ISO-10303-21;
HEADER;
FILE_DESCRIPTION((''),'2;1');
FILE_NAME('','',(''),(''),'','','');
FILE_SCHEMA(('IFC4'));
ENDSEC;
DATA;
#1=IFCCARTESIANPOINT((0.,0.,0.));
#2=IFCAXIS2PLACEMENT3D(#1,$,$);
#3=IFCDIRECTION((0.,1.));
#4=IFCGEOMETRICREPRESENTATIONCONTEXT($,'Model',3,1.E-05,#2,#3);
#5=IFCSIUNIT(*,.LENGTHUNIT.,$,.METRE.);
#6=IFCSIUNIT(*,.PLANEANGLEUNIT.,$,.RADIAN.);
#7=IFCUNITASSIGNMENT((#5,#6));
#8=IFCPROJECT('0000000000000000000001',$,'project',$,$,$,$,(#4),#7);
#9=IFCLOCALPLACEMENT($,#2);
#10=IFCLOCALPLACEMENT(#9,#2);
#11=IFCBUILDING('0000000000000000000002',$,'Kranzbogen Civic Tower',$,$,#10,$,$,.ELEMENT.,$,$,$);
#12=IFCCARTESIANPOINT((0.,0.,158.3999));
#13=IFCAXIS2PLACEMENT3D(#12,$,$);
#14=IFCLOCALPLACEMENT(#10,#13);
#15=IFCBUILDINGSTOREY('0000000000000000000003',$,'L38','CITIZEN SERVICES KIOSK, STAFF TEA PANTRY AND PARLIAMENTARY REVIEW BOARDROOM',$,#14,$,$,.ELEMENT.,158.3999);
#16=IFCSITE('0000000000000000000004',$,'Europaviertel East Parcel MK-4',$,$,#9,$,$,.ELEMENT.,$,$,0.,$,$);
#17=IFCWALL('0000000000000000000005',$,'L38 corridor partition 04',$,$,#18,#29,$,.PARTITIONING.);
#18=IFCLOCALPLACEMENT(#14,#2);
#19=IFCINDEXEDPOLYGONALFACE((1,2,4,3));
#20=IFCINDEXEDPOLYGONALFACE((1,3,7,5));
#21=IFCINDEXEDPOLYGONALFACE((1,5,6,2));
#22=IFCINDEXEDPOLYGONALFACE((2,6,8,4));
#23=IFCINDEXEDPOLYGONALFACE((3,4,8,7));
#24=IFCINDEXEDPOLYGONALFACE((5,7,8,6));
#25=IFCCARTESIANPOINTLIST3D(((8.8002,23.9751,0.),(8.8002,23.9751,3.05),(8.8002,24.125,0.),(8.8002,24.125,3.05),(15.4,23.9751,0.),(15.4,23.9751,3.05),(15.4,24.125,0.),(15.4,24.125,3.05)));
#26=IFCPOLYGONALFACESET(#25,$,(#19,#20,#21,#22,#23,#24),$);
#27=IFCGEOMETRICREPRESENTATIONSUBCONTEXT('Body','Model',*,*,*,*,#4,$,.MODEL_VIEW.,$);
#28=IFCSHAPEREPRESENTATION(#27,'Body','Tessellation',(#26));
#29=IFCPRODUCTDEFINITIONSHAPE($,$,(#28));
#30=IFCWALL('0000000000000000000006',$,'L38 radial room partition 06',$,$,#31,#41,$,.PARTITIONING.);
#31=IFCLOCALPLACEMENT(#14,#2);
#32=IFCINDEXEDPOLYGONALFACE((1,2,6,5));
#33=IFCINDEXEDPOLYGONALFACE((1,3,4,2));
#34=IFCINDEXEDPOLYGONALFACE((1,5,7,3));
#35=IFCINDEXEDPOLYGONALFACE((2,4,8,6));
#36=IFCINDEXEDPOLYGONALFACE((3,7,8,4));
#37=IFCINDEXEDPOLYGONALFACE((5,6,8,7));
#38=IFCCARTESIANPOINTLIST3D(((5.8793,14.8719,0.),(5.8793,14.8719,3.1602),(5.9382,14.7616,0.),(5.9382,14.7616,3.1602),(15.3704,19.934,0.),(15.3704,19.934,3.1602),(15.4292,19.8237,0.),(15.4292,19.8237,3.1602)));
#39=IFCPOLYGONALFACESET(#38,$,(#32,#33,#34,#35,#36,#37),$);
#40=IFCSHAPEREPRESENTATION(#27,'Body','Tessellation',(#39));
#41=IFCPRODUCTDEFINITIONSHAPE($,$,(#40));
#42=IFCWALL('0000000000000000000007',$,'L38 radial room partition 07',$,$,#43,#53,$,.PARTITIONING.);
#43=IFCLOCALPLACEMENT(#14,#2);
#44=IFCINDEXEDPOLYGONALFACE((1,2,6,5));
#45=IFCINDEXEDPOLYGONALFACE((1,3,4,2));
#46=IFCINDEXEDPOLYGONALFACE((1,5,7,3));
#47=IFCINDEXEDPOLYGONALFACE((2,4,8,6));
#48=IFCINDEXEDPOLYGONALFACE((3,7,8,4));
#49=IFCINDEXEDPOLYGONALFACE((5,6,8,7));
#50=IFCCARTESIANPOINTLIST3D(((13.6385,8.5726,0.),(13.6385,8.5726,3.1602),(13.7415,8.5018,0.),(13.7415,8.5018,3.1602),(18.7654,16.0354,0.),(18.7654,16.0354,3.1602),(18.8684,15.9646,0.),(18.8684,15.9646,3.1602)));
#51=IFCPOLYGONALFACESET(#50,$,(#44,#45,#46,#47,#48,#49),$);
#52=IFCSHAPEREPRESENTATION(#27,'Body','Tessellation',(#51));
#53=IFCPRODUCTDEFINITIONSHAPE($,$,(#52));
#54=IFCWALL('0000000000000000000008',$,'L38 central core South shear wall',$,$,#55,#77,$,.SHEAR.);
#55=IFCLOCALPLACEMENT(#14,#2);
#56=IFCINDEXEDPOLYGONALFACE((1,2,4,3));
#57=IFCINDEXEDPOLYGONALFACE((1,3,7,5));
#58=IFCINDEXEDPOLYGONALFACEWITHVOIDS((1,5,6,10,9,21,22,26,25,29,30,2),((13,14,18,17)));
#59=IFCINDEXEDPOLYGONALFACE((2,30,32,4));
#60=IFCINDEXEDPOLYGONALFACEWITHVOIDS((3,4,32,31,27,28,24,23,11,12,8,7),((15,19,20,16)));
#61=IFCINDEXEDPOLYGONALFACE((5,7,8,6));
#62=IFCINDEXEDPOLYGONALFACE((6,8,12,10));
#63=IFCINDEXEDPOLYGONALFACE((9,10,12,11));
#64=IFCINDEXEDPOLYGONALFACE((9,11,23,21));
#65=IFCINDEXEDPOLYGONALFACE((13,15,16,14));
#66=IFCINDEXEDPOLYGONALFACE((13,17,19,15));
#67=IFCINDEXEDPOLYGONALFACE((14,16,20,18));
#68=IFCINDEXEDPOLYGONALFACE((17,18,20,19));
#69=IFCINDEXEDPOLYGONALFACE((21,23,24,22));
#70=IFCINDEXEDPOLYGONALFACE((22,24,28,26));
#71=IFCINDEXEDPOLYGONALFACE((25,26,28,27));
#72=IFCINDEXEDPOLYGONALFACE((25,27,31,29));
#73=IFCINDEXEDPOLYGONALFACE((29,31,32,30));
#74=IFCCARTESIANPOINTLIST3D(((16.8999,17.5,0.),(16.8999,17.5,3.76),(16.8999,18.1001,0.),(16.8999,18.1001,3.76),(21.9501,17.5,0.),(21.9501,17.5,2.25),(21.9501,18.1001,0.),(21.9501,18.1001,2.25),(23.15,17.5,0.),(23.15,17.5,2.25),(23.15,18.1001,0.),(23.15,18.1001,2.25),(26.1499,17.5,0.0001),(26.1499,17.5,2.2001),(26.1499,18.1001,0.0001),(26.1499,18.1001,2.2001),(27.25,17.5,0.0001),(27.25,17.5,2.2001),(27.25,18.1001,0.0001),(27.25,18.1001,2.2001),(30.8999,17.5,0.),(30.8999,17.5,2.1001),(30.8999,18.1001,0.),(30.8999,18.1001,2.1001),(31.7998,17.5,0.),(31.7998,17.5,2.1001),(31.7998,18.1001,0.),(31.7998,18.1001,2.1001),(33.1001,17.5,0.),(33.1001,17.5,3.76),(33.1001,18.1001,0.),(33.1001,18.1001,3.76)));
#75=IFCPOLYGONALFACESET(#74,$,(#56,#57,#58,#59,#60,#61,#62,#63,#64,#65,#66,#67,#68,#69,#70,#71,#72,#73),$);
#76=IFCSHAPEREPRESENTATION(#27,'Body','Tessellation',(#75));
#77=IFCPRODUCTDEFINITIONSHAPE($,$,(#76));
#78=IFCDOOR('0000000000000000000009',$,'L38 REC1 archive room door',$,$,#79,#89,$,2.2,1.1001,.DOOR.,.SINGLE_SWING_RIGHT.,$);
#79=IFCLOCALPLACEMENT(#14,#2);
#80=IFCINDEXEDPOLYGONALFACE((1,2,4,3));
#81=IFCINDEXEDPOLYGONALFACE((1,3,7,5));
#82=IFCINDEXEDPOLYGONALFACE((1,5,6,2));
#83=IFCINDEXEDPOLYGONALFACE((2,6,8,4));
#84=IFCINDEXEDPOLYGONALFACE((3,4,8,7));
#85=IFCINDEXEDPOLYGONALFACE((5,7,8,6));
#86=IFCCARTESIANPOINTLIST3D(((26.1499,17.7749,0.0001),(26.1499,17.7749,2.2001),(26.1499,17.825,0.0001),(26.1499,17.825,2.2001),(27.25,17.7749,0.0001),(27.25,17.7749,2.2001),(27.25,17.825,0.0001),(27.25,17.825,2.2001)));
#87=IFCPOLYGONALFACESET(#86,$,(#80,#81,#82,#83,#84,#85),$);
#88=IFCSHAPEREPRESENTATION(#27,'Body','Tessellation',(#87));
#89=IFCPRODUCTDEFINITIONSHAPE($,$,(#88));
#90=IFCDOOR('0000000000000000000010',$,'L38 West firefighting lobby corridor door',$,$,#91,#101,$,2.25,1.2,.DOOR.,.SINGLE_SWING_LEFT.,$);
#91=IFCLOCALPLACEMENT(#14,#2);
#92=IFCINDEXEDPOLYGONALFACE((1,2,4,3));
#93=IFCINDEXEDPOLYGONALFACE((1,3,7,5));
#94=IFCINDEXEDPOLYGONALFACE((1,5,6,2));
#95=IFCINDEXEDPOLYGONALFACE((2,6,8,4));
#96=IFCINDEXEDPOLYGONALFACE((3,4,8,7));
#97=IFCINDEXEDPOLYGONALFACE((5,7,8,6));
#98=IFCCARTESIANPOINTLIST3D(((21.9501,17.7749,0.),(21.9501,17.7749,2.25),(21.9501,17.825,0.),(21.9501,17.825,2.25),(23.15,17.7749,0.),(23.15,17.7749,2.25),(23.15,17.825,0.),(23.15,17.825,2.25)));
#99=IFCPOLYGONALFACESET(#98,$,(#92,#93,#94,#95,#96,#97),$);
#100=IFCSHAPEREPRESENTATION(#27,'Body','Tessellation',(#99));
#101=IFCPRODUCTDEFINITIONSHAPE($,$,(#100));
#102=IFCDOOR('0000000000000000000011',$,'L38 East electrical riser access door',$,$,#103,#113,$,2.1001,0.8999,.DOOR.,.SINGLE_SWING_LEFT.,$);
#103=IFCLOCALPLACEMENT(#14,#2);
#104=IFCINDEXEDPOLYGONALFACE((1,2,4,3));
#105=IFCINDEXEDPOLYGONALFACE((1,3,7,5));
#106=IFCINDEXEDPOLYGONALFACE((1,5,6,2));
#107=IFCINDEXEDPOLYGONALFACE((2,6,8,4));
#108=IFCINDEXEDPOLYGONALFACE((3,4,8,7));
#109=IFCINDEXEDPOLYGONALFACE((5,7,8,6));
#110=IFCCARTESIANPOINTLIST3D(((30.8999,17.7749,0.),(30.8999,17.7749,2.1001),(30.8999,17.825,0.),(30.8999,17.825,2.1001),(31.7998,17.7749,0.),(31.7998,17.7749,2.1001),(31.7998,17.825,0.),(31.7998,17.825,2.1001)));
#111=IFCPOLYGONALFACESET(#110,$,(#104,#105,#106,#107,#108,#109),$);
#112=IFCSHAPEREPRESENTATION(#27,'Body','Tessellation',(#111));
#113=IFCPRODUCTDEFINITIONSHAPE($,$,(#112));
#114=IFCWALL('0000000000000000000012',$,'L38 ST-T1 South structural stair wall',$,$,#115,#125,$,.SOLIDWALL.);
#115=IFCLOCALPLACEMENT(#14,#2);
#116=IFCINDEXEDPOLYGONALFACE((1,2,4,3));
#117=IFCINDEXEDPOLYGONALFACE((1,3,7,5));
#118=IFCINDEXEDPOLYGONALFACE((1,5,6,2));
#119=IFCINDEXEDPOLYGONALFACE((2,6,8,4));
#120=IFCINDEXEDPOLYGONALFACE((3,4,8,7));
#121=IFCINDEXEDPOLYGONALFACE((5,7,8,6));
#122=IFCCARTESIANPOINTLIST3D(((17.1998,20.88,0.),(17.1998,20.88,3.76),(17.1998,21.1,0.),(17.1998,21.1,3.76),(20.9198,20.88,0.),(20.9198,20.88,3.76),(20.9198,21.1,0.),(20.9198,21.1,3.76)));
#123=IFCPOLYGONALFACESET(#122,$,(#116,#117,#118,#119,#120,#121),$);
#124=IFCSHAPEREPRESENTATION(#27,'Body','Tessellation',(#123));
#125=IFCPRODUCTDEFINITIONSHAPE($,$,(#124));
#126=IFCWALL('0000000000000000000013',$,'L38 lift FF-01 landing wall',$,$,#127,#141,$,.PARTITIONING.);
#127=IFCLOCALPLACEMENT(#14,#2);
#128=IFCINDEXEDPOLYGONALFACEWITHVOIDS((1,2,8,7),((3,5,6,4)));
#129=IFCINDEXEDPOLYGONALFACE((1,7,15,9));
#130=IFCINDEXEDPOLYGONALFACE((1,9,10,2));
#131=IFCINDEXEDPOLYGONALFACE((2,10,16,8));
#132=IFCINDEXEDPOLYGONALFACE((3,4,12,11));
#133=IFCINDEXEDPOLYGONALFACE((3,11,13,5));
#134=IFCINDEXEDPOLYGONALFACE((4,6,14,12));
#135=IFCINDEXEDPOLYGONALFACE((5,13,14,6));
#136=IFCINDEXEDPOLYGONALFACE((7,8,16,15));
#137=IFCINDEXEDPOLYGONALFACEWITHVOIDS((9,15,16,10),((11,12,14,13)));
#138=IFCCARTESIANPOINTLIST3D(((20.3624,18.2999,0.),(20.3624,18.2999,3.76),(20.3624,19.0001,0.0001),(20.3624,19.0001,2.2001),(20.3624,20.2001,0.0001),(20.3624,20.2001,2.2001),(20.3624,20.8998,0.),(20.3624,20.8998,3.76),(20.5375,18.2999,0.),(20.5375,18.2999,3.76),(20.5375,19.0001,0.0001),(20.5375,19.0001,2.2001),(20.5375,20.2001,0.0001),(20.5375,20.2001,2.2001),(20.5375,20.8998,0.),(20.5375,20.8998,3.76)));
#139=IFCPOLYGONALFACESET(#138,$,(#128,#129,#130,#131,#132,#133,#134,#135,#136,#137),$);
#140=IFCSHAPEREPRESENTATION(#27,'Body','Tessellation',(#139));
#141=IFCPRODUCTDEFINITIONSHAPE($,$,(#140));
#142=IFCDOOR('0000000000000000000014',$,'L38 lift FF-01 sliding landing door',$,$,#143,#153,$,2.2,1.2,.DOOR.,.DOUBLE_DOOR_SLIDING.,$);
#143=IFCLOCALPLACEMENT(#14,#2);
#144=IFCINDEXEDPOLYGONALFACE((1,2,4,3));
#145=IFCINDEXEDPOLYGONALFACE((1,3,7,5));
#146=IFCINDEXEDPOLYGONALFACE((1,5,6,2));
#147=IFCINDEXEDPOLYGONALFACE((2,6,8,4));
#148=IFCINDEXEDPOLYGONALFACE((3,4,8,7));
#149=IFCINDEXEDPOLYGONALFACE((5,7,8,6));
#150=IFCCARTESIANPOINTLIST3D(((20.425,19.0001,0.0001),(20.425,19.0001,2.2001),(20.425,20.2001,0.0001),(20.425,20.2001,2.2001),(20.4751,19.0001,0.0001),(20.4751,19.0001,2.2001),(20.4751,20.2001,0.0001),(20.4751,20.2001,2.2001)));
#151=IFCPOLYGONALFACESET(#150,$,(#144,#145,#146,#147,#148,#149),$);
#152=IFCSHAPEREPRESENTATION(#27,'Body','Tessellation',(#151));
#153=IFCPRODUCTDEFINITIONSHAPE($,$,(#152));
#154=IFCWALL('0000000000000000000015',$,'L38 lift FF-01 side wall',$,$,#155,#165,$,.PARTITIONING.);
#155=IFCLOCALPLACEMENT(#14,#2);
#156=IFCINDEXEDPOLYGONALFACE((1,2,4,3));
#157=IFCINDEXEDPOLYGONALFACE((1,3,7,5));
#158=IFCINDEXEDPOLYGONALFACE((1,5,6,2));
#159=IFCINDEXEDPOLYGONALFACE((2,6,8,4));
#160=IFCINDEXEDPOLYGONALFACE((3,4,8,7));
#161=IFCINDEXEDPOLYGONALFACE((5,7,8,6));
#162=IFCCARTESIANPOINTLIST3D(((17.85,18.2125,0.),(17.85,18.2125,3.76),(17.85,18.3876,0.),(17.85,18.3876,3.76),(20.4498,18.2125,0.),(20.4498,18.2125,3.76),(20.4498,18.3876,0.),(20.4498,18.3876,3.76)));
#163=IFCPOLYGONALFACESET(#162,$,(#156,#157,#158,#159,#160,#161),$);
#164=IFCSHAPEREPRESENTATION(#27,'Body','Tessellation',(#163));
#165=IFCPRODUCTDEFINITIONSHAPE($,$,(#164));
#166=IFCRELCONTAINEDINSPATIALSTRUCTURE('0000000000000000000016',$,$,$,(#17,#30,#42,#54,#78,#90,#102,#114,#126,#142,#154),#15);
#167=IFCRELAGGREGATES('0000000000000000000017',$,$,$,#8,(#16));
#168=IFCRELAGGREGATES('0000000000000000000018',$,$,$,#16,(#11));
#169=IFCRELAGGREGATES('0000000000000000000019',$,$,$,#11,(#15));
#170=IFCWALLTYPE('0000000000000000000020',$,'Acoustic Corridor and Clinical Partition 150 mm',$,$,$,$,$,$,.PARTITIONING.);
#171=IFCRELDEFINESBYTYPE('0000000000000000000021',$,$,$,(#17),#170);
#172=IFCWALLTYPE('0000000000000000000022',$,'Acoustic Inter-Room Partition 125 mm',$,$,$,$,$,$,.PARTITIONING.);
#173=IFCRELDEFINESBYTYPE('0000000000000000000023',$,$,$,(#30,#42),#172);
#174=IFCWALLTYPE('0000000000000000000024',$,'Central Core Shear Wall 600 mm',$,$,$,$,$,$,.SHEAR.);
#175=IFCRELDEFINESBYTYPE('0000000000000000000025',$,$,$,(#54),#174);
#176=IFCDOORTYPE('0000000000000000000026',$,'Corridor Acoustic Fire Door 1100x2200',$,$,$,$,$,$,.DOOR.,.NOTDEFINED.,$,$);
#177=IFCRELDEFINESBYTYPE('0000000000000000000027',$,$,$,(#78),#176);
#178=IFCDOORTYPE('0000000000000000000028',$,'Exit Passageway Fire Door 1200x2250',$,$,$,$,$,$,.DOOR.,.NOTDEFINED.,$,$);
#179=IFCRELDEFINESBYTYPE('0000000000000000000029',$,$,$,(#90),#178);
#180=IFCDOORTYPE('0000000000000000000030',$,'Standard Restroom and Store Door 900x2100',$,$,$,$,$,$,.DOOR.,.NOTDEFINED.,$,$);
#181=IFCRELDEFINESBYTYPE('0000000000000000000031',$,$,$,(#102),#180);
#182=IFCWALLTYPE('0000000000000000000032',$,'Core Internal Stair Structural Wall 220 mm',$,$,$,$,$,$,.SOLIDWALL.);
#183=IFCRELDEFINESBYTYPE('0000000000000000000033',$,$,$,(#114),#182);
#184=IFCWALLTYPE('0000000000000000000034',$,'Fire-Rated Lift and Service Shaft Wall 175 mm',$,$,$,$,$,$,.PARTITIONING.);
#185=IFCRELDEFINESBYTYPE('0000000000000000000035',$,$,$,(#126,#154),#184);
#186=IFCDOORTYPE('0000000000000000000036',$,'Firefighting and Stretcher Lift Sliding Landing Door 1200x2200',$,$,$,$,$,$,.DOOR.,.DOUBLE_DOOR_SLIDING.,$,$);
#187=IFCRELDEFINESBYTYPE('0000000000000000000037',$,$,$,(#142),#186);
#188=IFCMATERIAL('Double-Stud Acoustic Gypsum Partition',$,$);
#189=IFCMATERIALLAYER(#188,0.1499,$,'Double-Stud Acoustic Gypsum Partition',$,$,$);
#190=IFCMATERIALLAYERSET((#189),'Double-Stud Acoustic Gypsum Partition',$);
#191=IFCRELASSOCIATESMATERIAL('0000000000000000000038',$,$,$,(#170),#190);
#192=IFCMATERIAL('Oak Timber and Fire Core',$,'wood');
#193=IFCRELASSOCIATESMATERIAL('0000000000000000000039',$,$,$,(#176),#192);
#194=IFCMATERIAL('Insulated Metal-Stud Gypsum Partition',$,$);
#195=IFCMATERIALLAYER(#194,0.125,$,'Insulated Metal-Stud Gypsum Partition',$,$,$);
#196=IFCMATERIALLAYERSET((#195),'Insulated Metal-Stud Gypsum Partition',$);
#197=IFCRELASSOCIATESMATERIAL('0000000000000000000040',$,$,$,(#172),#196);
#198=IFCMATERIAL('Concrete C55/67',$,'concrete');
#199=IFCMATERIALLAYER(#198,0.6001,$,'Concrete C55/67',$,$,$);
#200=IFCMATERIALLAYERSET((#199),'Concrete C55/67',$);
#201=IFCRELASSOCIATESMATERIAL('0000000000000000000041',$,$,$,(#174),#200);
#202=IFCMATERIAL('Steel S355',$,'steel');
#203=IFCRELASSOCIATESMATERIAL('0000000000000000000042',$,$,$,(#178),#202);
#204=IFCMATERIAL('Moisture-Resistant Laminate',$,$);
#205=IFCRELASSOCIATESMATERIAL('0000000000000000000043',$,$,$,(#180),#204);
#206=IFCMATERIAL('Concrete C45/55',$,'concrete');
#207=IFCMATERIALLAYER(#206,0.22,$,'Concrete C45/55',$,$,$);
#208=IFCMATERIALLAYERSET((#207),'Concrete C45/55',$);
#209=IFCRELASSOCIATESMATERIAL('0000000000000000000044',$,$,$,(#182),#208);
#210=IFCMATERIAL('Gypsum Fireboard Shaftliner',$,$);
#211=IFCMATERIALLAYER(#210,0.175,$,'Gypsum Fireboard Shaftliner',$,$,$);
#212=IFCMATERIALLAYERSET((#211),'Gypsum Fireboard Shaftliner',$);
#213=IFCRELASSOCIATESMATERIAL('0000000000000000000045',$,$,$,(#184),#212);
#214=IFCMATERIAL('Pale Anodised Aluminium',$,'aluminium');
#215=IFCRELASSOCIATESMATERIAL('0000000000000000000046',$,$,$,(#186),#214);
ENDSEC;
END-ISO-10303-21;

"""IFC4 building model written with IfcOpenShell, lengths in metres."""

from ifc_helpers import new_model, si_unit, direction, frame, frame_2d, origin, place, context, subcontext, project, spatial, rectangle, extrude, material, layer, layer_set, type_object, element, fill, save


model = new_model("IFC4")

# Units and contexts
model_context = context("Model", 3, precision=1e-05, world=origin(), true_north=direction((0.0, 1.0)))
body_context = subcontext(model_context, "Body", "Model", "MODEL_VIEW")
ifc_project = project(units=[si_unit("LENGTHUNIT", "METRE"), si_unit("PLANEANGLEUNIT", "RADIAN")], contexts=[model_context])

# Site, building, storey
site_placement = place(None, origin())
site = spatial("IfcSite", under=ifc_project, at=site_placement, Name="Europaviertel East Parcel MK-4", CompositionType="ELEMENT", RefElevation=0.0)
building_placement = place(site_placement, origin())
building = spatial("IfcBuilding", under=site, at=building_placement, Name="Kranzbogen Civic Tower", CompositionType="ELEMENT")
storey_placement = place(building_placement, frame((0.0, 0.0, 158.3999)))
storey = spatial("IfcBuildingStorey", under=building, at=storey_placement, Name="L38", Description="CITIZEN SERVICES KIOSK, STAFF TEA PANTRY AND PARLIAMENTARY REVIEW BOARDROOM", CompositionType="ELEMENT", Elevation=158.3999)

# Shared definitions
ifc_material_1 = material(Name="Steel S355", Category="steel")

# Shared definitions
ifc_material_2 = material(Name="Double-Stud Acoustic Gypsum Partition")
ifc_layer_1 = layer(ifc_material_2, 0.1499, Name="Double-Stud Acoustic Gypsum Partition")
ifc_layer_set_1 = layer_set([ifc_layer_1], Name="Double-Stud Acoustic Gypsum Partition")
wall_type_1 = type_object("IfcWallType", Name="Acoustic Corridor and Clinical Partition 150 mm", PredefinedType="PARTITIONING", material=ifc_layer_set_1)
ifc_material_3 = material(Name="Oak Timber and Fire Core", Category="wood")
door_type_1 = type_object("IfcDoorType", Name="Corridor Acoustic Fire Door 1100x2200", OperationType="NOTDEFINED", PredefinedType="DOOR", material=ifc_material_3)

# Walls
wall_1_placement = place(storey_placement, frame((15.3999, 24.05, 0.0), z_axis=(0.0, 0.0, 1.0), x_axis=(-1.0, 0.0, 0.0)))
element("IfcWall", 1, at=wall_1_placement, inside=storey, type_object=wall_type_1, Name="L38 corridor partition 04", PredefinedType="PARTITIONING", context=body_context, shape_type="SweptSolid", body=[
    extrude(rectangle(XDim=6.5999, YDim=0.1499, at=frame_2d((3.2998, 0.0))), origin(), (0.0, 0.0, 1.0), 3.05),
])
ifc_material_4 = material(Name="Insulated Metal-Stud Gypsum Partition")
ifc_layer_2 = layer(ifc_material_4, 0.125, Name="Insulated Metal-Stud Gypsum Partition")
ifc_layer_set_2 = layer_set([ifc_layer_2], Name="Insulated Metal-Stud Gypsum Partition")
wall_type_2 = type_object("IfcWallType", Name="Acoustic Inter-Room Partition 125 mm", PredefinedType="PARTITIONING", material=ifc_layer_set_2)
wall_2_placement = place(storey_placement, frame((15.3999, 19.8789, 0.0), z_axis=(0.0, 0.0, 1.0), x_axis=(-0.882347, -0.4706, 0.0)))
element("IfcWall", 2, at=wall_2_placement, inside=storey, type_object=wall_type_2, Name="L38 radial room partition 06", PredefinedType="PARTITIONING", context=body_context, shape_type="SweptSolid", body=[
    extrude(rectangle(XDim=10.7566, YDim=0.125, at=frame_2d((5.3784, 0.0))), origin(), (0.0, 0.0, 1.0), 3.1602),
])
wall_3_placement = place(storey_placement, frame((18.8169, 16.0, 0.0), z_axis=(0.0, 0.0, 1.0), x_axis=(-0.566245, -0.824237, 0.0)))
element("IfcWall", 3, at=wall_3_placement, inside=storey, type_object=wall_type_2, Name="L38 radial room partition 07", PredefinedType="PARTITIONING", context=body_context, shape_type="SweptSolid", body=[
    extrude(rectangle(XDim=9.0542, YDim=0.125, at=frame_2d((4.5271, 0.0))), origin(), (0.0, 0.0, 1.0), 3.1602),
])

# Wall, openings, doors
ifc_material_5 = material(Name="Concrete C55/67", Category="concrete")
ifc_layer_3 = layer(ifc_material_5, 0.6001, Name="Concrete C55/67")
ifc_layer_set_3 = layer_set([ifc_layer_3], Name="Concrete C55/67")
wall_type_3 = type_object("IfcWallType", Name="Central Core Shear Wall 600 mm", PredefinedType="SHEAR", material=ifc_layer_set_3)
wall_4_placement = place(storey_placement, frame((16.8999, 17.8, 0.0), z_axis=(0.0, 0.0, 1.0), x_axis=(1.0, 0.0, 0.0)))
wall_4 = element("IfcWall", 4, at=wall_4_placement, inside=storey, type_object=wall_type_3, Name="L38 central core South shear wall", PredefinedType="SHEAR", context=body_context, shape_type="SweptSolid", body=[
    extrude(rectangle(XDim=16.2002, YDim=0.6001, at=frame_2d((8.1001, 0.0))), origin(), (0.0, 0.0, 1.0), 3.76),
])
opening_1_placement = place(wall_4_placement, frame((5.05, 0.0, 0.0)))
opening_1 = element("IfcOpeningElement", 5, at=opening_1_placement, cuts=wall_4, PredefinedType="OPENING", context=body_context, shape_type="SweptSolid", body=[
    extrude(rectangle(XDim=1.2, YDim=2.25, at=frame_2d((0.6001, 1.125))), frame((0.0, 0.3101, 0.0), z_axis=(0.0, -1.0, 0.0), x_axis=(1.0, 0.0, 0.0)), (0.0, 0.0, 1.0), 0.6201),
])
opening_2_placement = place(wall_4_placement, frame((14.0, 0.0, 0.0)))
opening_2 = element("IfcOpeningElement", 6, at=opening_2_placement, cuts=wall_4, PredefinedType="OPENING", context=body_context, shape_type="SweptSolid", body=[
    extrude(rectangle(XDim=0.8999, YDim=2.1001, at=frame_2d((0.45, 1.05))), frame((0.0, 0.3101, 0.0), z_axis=(0.0, -1.0, 0.0), x_axis=(1.0, 0.0, 0.0)), (0.0, 0.0, 1.0), 0.6201),
])
opening_3_placement = place(wall_4_placement, frame((9.25, 0.0, 0.0)))
opening_3 = element("IfcOpeningElement", 7, at=opening_3_placement, cuts=wall_4, PredefinedType="OPENING", context=body_context, shape_type="SweptSolid", body=[
    extrude(rectangle(XDim=1.1001, YDim=2.2, at=frame_2d((0.55, 1.1001))), frame((0.0, 0.3101, 0.0), z_axis=(0.0, -1.0, 0.0), x_axis=(1.0, 0.0, 0.0)), (0.0, 0.0, 1.0), 0.6201),
])
door_1_placement = place(opening_3_placement, origin())
door_1 = element("IfcDoor", 8, at=door_1_placement, inside=storey, type_object=door_type_1, Name="L38 REC1 archive room door", OperationType="SINGLE_SWING_RIGHT", OverallHeight=2.2, OverallWidth=1.1001, PredefinedType="DOOR", context=body_context, shape_type="SweptSolid", body=[
    extrude(rectangle(XDim=1.1001, YDim=2.2, at=frame_2d((0.55, 1.1001))), frame((0.0, 0.0249, 0.0), z_axis=(0.0, -1.0, 0.0), x_axis=(1.0, 0.0, 0.0)), (0.0, 0.0, 1.0), 0.05),
])
fill(opening_3, door_1)
door_type_2 = type_object("IfcDoorType", Name="Exit Passageway Fire Door 1200x2250", OperationType="NOTDEFINED", PredefinedType="DOOR", material=ifc_material_1)
door_2_placement = place(opening_1_placement, origin())
door_2 = element("IfcDoor", 9, at=door_2_placement, inside=storey, type_object=door_type_2, Name="L38 West firefighting lobby corridor door", OperationType="SINGLE_SWING_LEFT", OverallHeight=2.25, OverallWidth=1.2, PredefinedType="DOOR", context=body_context, shape_type="SweptSolid", body=[
    extrude(rectangle(XDim=1.2, YDim=2.25, at=frame_2d((0.6001, 1.125))), frame((0.0, 0.0249, 0.0), z_axis=(0.0, -1.0, 0.0), x_axis=(1.0, 0.0, 0.0)), (0.0, 0.0, 1.0), 0.05),
])
fill(opening_1, door_2)
ifc_material_6 = material(Name="Moisture-Resistant Laminate")
door_type_3 = type_object("IfcDoorType", Name="Standard Restroom and Store Door 900x2100", OperationType="NOTDEFINED", PredefinedType="DOOR", material=ifc_material_6)
door_3_placement = place(opening_2_placement, origin())
door_3 = element("IfcDoor", 10, at=door_3_placement, inside=storey, type_object=door_type_3, Name="L38 East electrical riser access door", OperationType="SINGLE_SWING_LEFT", OverallHeight=2.1001, OverallWidth=0.8999, PredefinedType="DOOR", context=body_context, shape_type="SweptSolid", body=[
    extrude(rectangle(XDim=0.8999, YDim=2.1001, at=frame_2d((0.45, 1.05))), frame((0.0, 0.0249, 0.0), z_axis=(0.0, -1.0, 0.0), x_axis=(1.0, 0.0, 0.0)), (0.0, 0.0, 1.0), 0.05),
])
fill(opening_2, door_3)

# Wall
ifc_material_7 = material(Name="Concrete C45/55", Category="concrete")
ifc_layer_4 = layer(ifc_material_7, 0.22, Name="Concrete C45/55")
ifc_layer_set_4 = layer_set([ifc_layer_4], Name="Concrete C45/55")
wall_type_4 = type_object("IfcWallType", Name="Core Internal Stair Structural Wall 220 mm", PredefinedType="SOLIDWALL", material=ifc_layer_set_4)
wall_5_placement = place(storey_placement, frame((17.2, 20.99, 0.0), z_axis=(0.0, 0.0, 1.0), x_axis=(1.0, 0.0, 0.0)))
element("IfcWall", 11, at=wall_5_placement, inside=storey, type_object=wall_type_4, Name="L38 ST-T1 South structural stair wall", PredefinedType="SOLIDWALL", context=body_context, shape_type="SweptSolid", body=[
    extrude(rectangle(XDim=3.72, YDim=0.22, at=frame_2d((1.8599, 0.0))), origin(), (0.0, 0.0, 1.0), 3.76),
])

# Wall, opening, door
ifc_material_8 = material(Name="Gypsum Fireboard Shaftliner")
ifc_layer_5 = layer(ifc_material_8, 0.175, Name="Gypsum Fireboard Shaftliner")
ifc_layer_set_5 = layer_set([ifc_layer_5], Name="Gypsum Fireboard Shaftliner")
wall_type_5 = type_object("IfcWallType", Name="Fire-Rated Lift and Service Shaft Wall 175 mm", PredefinedType="PARTITIONING", material=ifc_layer_set_5)
wall_6_placement = place(storey_placement, frame((20.45, 18.3, 0.0), z_axis=(0.0, 0.0, 1.0), x_axis=(0.0, 1.0, 0.0)))
wall_6 = element("IfcWall", 12, at=wall_6_placement, inside=storey, type_object=wall_type_5, Name="L38 lift FF-01 landing wall", PredefinedType="PARTITIONING", context=body_context, shape_type="SweptSolid", body=[
    extrude(rectangle(XDim=2.5999, YDim=0.175, at=frame_2d((1.2998, 0.0))), origin(), (0.0, 0.0, 1.0), 3.76),
])
opening_4_placement = place(wall_6_placement, frame((0.7, 0.0, 0.0)))
opening_4 = element("IfcOpeningElement", 13, at=opening_4_placement, cuts=wall_6, PredefinedType="OPENING", context=body_context, shape_type="SweptSolid", body=[
    extrude(rectangle(XDim=1.2, YDim=2.2, at=frame_2d((0.6001, 1.1001))), frame((0.0, 0.0977, 0.0), z_axis=(0.0, -1.0, 0.0), x_axis=(1.0, 0.0, 0.0)), (0.0, 0.0, 1.0), 0.1951),
])
ifc_material_9 = material(Name="Pale Anodised Aluminium", Category="aluminium")
door_type_4 = type_object("IfcDoorType", Name="Firefighting and Stretcher Lift Sliding Landing Door 1200x2200", OperationType="DOUBLE_DOOR_SLIDING", PredefinedType="DOOR", material=ifc_material_9)
door_4_placement = place(opening_4_placement, origin())
door_4 = element("IfcDoor", 14, at=door_4_placement, inside=storey, type_object=door_type_4, Name="L38 lift FF-01 sliding landing door", OperationType="DOUBLE_DOOR_SLIDING", OverallHeight=2.2, OverallWidth=1.2, PredefinedType="DOOR", context=body_context, shape_type="SweptSolid", body=[
    extrude(rectangle(XDim=1.2, YDim=2.2, at=frame_2d((0.6001, 1.1001))), frame((0.0, 0.0249, 0.0), z_axis=(0.0, -1.0, 0.0), x_axis=(1.0, 0.0, 0.0)), (0.0, 0.0, 1.0), 0.05),
])
fill(opening_4, door_4)

# Wall
wall_7_placement = place(storey_placement, frame((17.8501, 18.3, 0.0), z_axis=(0.0, 0.0, 1.0), x_axis=(1.0, 0.0, 0.0)))
element("IfcWall", 15, at=wall_7_placement, inside=storey, type_object=wall_type_5, Name="L38 lift FF-01 side wall", PredefinedType="PARTITIONING", context=body_context, shape_type="SweptSolid", body=[
    extrude(rectangle(XDim=2.5999, YDim=0.175, at=frame_2d((1.2998, 0.0))), origin(), (0.0, 0.0, 1.0), 3.76),
])

save(model, "model.ifc")
